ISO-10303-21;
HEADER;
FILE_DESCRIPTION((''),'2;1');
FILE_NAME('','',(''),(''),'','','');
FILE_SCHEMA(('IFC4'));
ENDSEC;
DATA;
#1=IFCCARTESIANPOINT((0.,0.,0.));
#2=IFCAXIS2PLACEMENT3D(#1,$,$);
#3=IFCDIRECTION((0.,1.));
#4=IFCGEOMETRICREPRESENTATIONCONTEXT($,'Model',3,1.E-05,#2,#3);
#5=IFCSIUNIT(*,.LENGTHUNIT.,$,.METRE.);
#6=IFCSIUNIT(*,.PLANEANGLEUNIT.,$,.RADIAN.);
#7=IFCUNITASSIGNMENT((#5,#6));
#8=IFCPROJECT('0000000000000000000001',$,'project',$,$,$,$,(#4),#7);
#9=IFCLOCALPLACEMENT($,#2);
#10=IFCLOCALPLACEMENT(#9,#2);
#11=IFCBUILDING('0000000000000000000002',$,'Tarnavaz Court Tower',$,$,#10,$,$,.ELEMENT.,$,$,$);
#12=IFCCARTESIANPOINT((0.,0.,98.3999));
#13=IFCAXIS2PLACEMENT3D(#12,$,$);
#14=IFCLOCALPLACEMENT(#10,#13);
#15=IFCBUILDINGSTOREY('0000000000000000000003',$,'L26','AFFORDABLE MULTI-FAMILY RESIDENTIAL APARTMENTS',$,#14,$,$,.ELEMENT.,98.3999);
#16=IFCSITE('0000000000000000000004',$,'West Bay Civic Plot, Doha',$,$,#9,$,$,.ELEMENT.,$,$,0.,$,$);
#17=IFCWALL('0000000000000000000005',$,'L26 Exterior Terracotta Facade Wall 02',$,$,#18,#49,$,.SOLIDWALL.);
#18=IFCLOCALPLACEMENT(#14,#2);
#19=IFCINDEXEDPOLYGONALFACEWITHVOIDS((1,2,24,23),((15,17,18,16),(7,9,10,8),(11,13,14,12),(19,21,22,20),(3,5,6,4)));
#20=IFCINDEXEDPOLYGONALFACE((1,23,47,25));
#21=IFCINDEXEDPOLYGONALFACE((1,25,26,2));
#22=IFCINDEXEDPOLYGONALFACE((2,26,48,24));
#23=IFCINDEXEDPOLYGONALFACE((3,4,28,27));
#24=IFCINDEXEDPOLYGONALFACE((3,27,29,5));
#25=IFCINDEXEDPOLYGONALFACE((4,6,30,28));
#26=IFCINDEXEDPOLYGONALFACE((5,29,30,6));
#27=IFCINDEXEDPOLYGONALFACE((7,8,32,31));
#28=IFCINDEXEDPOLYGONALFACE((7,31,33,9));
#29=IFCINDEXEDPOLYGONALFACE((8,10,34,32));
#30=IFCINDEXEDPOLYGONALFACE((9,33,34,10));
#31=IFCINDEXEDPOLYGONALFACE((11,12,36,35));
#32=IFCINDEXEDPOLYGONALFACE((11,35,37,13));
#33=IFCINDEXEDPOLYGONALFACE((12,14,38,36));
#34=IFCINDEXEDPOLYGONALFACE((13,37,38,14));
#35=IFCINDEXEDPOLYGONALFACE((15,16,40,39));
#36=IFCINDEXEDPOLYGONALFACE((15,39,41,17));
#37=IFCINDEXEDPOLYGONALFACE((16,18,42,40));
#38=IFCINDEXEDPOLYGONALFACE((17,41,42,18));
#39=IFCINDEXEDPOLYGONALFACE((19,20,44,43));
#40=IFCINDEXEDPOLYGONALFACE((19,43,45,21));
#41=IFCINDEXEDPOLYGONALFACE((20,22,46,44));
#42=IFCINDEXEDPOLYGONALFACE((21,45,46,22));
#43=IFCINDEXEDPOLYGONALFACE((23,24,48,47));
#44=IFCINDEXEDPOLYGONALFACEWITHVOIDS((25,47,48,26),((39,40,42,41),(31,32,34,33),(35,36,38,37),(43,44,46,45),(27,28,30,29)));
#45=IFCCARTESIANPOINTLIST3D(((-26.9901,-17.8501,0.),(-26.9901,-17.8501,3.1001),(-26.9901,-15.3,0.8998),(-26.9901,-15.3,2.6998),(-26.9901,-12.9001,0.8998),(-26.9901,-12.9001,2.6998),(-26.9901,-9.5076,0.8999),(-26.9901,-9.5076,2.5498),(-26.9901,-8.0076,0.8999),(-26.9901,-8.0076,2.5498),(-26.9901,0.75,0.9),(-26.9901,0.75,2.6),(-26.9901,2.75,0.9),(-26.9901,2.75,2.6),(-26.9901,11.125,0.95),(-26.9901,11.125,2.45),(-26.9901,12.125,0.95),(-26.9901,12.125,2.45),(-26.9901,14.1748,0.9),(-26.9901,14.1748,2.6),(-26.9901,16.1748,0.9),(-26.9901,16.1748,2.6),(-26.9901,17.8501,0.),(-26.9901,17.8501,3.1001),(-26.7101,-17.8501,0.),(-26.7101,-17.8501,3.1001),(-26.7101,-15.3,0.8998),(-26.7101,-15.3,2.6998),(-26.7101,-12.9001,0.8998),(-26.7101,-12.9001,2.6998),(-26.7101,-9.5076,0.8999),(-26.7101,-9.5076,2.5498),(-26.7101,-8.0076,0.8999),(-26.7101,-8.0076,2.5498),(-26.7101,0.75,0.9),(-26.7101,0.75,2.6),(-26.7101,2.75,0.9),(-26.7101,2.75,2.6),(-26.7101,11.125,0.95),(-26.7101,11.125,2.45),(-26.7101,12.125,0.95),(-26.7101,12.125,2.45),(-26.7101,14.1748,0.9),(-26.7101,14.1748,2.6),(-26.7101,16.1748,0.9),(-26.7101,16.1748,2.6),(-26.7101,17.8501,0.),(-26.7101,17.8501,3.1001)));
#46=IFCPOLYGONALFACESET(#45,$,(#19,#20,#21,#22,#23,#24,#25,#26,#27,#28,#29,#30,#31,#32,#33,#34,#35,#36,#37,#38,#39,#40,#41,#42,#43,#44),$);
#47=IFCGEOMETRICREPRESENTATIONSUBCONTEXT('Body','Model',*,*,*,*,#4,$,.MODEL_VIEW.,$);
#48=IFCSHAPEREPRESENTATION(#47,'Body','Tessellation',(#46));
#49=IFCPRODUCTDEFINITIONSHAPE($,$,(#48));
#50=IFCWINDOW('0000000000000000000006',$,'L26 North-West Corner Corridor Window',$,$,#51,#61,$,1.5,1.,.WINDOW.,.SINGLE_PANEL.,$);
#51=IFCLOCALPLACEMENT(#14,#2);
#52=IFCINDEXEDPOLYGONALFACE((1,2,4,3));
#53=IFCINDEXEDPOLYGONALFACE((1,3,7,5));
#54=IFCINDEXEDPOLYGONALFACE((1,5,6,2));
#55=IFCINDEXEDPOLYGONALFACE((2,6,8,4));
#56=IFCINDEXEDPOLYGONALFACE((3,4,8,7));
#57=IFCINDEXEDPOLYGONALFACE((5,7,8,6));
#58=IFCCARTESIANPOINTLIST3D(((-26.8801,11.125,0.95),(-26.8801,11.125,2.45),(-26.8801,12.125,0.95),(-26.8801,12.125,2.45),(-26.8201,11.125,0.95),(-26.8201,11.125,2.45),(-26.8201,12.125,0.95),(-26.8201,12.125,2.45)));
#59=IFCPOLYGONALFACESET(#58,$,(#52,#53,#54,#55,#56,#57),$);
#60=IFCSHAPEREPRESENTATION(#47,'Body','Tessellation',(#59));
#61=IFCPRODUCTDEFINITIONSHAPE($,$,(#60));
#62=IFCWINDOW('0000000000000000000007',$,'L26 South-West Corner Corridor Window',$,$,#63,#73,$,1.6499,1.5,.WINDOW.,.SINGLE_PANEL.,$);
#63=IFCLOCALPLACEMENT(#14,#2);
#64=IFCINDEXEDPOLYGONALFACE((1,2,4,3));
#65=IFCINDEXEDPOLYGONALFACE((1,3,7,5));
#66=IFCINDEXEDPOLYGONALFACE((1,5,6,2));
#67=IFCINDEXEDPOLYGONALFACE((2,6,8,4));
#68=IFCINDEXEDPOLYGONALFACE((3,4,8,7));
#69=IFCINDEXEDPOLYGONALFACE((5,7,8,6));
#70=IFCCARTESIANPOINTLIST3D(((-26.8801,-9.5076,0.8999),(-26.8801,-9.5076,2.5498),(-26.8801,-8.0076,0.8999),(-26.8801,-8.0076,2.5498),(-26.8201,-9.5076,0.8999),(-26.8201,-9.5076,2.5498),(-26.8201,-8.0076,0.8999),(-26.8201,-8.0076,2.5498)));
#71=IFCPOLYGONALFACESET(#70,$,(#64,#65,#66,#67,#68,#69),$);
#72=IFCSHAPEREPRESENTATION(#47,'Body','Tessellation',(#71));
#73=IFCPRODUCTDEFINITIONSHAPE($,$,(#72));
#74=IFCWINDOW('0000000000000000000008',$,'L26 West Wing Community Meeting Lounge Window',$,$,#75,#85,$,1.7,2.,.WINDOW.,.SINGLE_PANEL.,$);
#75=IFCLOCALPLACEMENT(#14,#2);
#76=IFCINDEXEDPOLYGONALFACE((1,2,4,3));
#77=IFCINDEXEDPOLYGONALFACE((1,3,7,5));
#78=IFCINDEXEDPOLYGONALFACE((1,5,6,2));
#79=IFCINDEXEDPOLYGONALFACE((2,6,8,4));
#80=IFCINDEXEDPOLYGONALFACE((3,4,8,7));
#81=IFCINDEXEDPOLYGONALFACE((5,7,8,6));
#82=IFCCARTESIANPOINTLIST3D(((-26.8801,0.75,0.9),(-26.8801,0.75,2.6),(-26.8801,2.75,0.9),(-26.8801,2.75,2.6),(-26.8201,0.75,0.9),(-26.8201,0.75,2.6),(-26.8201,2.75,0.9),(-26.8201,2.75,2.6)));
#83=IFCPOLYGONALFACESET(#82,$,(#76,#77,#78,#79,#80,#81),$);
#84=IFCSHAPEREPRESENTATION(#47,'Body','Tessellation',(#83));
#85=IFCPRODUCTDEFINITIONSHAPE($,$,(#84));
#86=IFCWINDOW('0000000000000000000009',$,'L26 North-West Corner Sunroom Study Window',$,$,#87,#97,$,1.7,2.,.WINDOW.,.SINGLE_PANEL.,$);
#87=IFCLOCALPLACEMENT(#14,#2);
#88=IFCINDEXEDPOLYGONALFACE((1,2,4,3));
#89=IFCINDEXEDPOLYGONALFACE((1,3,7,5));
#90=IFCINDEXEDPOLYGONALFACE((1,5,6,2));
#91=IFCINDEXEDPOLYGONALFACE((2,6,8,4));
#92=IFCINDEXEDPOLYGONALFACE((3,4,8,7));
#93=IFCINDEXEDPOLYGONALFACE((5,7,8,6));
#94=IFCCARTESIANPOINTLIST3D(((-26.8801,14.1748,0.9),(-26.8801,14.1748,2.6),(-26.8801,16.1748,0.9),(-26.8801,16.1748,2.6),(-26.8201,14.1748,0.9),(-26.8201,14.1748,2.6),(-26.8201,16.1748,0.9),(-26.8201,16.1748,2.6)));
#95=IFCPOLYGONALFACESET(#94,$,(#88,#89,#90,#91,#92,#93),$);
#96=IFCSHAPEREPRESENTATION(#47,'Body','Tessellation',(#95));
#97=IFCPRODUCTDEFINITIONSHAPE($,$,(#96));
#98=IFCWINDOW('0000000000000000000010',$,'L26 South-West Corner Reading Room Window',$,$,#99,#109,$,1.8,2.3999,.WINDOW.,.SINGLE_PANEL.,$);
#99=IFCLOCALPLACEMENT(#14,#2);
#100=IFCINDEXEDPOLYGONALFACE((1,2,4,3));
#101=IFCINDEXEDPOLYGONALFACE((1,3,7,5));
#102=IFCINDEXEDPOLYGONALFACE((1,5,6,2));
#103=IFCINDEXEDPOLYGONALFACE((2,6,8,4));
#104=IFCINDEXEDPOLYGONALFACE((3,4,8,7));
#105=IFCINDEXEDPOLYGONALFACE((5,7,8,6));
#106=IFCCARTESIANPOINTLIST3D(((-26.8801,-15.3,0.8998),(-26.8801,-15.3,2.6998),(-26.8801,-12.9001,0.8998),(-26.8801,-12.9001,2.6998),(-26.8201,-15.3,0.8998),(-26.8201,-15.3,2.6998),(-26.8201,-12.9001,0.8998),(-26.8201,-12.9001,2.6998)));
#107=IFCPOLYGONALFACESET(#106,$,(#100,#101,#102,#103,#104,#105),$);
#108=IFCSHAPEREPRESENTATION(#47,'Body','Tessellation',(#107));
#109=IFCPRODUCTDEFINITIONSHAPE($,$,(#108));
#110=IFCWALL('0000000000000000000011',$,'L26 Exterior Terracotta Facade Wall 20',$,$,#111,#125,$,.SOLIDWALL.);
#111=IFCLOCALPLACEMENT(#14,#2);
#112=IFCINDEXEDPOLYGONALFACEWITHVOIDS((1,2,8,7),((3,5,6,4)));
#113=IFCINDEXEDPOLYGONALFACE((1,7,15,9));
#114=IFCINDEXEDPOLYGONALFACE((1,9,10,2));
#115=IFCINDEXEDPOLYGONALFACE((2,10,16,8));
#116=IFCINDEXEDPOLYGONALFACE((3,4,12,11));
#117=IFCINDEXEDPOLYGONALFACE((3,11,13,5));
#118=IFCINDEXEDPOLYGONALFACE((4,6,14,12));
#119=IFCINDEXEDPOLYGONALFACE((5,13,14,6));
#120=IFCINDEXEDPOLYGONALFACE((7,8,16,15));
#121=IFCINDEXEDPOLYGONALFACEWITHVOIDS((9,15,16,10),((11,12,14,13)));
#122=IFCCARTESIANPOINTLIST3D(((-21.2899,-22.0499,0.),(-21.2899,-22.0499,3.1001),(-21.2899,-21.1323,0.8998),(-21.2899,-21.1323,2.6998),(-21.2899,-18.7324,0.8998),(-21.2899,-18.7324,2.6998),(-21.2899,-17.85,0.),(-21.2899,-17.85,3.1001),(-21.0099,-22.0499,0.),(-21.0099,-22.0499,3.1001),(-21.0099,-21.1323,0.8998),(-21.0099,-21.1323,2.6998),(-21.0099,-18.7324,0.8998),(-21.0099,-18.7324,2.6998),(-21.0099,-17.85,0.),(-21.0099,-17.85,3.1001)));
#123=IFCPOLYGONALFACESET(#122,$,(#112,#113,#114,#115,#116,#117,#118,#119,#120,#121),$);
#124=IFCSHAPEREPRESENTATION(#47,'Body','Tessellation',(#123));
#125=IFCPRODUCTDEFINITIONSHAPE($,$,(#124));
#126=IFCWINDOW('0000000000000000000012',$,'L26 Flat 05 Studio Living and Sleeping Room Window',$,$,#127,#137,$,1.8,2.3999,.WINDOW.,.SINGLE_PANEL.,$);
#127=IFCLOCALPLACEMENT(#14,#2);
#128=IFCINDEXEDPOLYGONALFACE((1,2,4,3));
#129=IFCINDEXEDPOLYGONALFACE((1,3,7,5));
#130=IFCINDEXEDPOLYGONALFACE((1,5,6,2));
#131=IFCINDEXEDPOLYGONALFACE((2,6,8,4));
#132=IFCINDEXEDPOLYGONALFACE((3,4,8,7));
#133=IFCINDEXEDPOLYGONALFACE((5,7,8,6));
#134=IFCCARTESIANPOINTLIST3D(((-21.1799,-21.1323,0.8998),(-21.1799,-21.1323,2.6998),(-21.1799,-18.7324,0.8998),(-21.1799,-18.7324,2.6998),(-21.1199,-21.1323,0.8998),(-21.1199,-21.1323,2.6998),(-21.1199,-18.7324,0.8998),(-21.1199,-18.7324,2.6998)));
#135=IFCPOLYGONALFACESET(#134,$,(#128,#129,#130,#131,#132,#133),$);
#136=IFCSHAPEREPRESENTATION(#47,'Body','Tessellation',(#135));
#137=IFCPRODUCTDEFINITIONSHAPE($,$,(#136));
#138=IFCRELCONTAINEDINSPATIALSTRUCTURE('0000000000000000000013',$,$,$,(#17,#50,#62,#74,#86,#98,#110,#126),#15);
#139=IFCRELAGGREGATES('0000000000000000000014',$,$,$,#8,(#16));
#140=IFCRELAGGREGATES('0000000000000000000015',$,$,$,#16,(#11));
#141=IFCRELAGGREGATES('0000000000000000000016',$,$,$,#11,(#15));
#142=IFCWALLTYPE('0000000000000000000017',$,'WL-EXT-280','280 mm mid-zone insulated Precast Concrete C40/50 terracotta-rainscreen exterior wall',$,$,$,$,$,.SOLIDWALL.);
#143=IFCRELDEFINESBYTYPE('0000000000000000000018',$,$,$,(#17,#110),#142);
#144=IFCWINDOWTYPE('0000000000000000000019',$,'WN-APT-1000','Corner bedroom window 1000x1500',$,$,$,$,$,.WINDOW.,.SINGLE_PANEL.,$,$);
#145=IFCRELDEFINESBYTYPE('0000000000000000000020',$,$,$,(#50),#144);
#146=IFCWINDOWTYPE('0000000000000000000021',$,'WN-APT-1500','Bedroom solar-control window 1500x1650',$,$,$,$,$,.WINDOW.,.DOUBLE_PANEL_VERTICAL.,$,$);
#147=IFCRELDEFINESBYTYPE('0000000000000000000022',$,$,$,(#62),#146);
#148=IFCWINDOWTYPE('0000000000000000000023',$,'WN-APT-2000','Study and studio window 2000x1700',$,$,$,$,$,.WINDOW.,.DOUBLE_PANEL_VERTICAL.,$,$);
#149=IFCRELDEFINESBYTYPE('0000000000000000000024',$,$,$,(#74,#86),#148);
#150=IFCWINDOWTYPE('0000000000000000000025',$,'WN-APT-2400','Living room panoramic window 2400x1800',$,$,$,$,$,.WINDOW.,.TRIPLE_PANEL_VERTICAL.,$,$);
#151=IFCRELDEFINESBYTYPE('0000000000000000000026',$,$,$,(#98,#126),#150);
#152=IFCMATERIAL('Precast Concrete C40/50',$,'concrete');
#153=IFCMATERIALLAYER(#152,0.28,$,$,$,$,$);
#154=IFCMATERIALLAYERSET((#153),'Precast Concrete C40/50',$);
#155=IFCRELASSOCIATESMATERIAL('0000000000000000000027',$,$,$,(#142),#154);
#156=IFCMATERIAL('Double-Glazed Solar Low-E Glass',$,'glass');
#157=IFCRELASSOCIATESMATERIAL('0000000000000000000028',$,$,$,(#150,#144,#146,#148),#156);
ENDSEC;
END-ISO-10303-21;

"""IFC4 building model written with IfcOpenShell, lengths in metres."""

from ifc_helpers import new_model, si_unit, direction, frame, frame_2d, origin, place, context, subcontext, project, spatial, rectangle, extrude, material, layer, layer_set, type_object, element, fill, save


model = new_model("IFC4")

# Units and contexts
model_context = context("Model", 3, precision=1e-05, world=origin(), true_north=direction((0.0, 1.0)))
body_context = subcontext(model_context, "Body", "Model", "MODEL_VIEW")
ifc_project = project(units=[si_unit("LENGTHUNIT", "METRE"), si_unit("PLANEANGLEUNIT", "RADIAN")], contexts=[model_context])

# Site, building, storey
site_placement = place(None, origin())
site = spatial("IfcSite", under=ifc_project, at=site_placement, Name="West Bay Civic Plot, Doha", CompositionType="ELEMENT", RefElevation=0.0)
building_placement = place(site_placement, origin())
building = spatial("IfcBuilding", under=site, at=building_placement, Name="Tarnavaz Court Tower", CompositionType="ELEMENT")
storey_placement = place(building_placement, frame((0.0, 0.0, 98.3999)))
storey = spatial("IfcBuildingStorey", under=building, at=storey_placement, Name="L26", Description="AFFORDABLE MULTI-FAMILY RESIDENTIAL APARTMENTS", CompositionType="ELEMENT", Elevation=98.3999)

# Shared definitions
ifc_material_1 = material(Name="Precast Concrete C40/50", Category="concrete")
ifc_layer_1 = layer(ifc_material_1, 0.28)
ifc_layer_set_1 = layer_set([ifc_layer_1], Name="Precast Concrete C40/50")
wall_type_1 = type_object("IfcWallType", Name="WL-EXT-280", Description="280 mm mid-zone insulated Precast Concrete C40/50 terracotta-rainscreen exterior wall", PredefinedType="SOLIDWALL", material=ifc_layer_set_1)
ifc_material_2 = material(Name="Double-Glazed Solar Low-E Glass", Category="glass")
window_type_1 = type_object("IfcWindowType", Name="WN-APT-2400", Description="Living room panoramic window 2400x1800", PartitioningType="TRIPLE_PANEL_VERTICAL", PredefinedType="WINDOW", material=ifc_material_2)

# Wall, openings, windows
wall_1_placement = place(storey_placement, frame((-26.8501, -17.8501, 0.0), z_axis=(0.0, 0.0, 1.0), x_axis=(0.0, 1.0, 0.0)))
wall_1 = element("IfcWall", 1, at=wall_1_placement, inside=storey, type_object=wall_type_1, Name="L26 Exterior Terracotta Facade Wall 02", PredefinedType="SOLIDWALL", context=body_context, shape_type="SweptSolid", body=[
    extrude(rectangle(XDim=35.7002, YDim=0.28, at=frame_2d((17.8501, 0.0))), origin(), (0.0, 0.0, 1.0), 3.1001),
])
opening_1_placement = place(wall_1_placement, frame((2.55, 0.0, 0.8999)))
opening_1 = element("IfcOpeningElement", 2, at=opening_1_placement, cuts=wall_1, PredefinedType="OPENING", context=body_context, shape_type="SweptSolid", body=[
    extrude(rectangle(XDim=2.3999, YDim=1.8, at=frame_2d((1.2, 0.8999))), frame((0.0, 0.1499, 0.0), z_axis=(0.0, -1.0, 0.0), x_axis=(1.0, 0.0, 0.0)), (0.0, 0.0, 1.0), 0.3),
])
opening_2_placement = place(wall_1_placement, frame((8.3425, 0.0, 0.8999)))
opening_2 = element("IfcOpeningElement", 3, at=opening_2_placement, cuts=wall_1, PredefinedType="OPENING", context=body_context, shape_type="SweptSolid", body=[
    extrude(rectangle(XDim=1.5, YDim=1.6499, at=frame_2d((0.75, 0.825))), frame((0.0, 0.1499, 0.0), z_axis=(0.0, -1.0, 0.0), x_axis=(1.0, 0.0, 0.0)), (0.0, 0.0, 1.0), 0.3),
])
opening_3_placement = place(wall_1_placement, frame((18.6001, 0.0, 0.8999)))
opening_3 = element("IfcOpeningElement", 4, at=opening_3_placement, cuts=wall_1, PredefinedType="OPENING", context=body_context, shape_type="SweptSolid", body=[
    extrude(rectangle(XDim=2.0, YDim=1.7, at=frame_2d((1.0, 0.8501))), frame((0.0, 0.1499, 0.0), z_axis=(0.0, -1.0, 0.0), x_axis=(1.0, 0.0, 0.0)), (0.0, 0.0, 1.0), 0.3),
])
opening_4_placement = place(wall_1_placement, frame((28.9751, 0.0, 0.95)))
opening_4 = element("IfcOpeningElement", 5, at=opening_4_placement, cuts=wall_1, PredefinedType="OPENING", context=body_context, shape_type="SweptSolid", body=[
    extrude(rectangle(XDim=1.0, YDim=1.5, at=frame_2d((0.5, 0.75))), frame((0.0, 0.1499, 0.0), z_axis=(0.0, -1.0, 0.0), x_axis=(1.0, 0.0, 0.0)), (0.0, 0.0, 1.0), 0.3),
])
opening_5_placement = place(wall_1_placement, frame((32.0249, 0.0, 0.8999)))
opening_5 = element("IfcOpeningElement", 6, at=opening_5_placement, cuts=wall_1, PredefinedType="OPENING", context=body_context, shape_type="SweptSolid", body=[
    extrude(rectangle(XDim=2.0, YDim=1.7, at=frame_2d((1.0, 0.8501))), frame((0.0, 0.1499, 0.0), z_axis=(0.0, -1.0, 0.0), x_axis=(1.0, 0.0, 0.0)), (0.0, 0.0, 1.0), 0.3),
])
window_type_2 = type_object("IfcWindowType", Name="WN-APT-1000", Description="Corner bedroom window 1000x1500", PartitioningType="SINGLE_PANEL", PredefinedType="WINDOW", material=ifc_material_2)
window_1_placement = place(opening_4_placement, origin())
window_1 = element("IfcWindow", 7, at=window_1_placement, inside=storey, type_object=window_type_2, Name="L26 North-West Corner Corridor Window", OverallHeight=1.5, OverallWidth=1.0, PartitioningType="SINGLE_PANEL", PredefinedType="WINDOW", context=body_context, shape_type="SweptSolid", body=[
    extrude(rectangle(XDim=1.0, YDim=1.5, at=frame_2d((0.5, 0.75))), frame((0.0, 0.03, 0.0), z_axis=(0.0, -1.0, 0.0), x_axis=(1.0, 0.0, 0.0)), (0.0, 0.0, 1.0), 0.0601),
])
fill(opening_4, window_1)
window_type_3 = type_object("IfcWindowType", Name="WN-APT-1500", Description="Bedroom solar-control window 1500x1650", PartitioningType="DOUBLE_PANEL_VERTICAL", PredefinedType="WINDOW", material=ifc_material_2)
window_2_placement = place(opening_2_placement, origin())
window_2 = element("IfcWindow", 8, at=window_2_placement, inside=storey, type_object=window_type_3, Name="L26 South-West Corner Corridor Window", OverallHeight=1.6499, OverallWidth=1.5, PartitioningType="SINGLE_PANEL", PredefinedType="WINDOW", context=body_context, shape_type="SweptSolid", body=[
    extrude(rectangle(XDim=1.5, YDim=1.6499, at=frame_2d((0.75, 0.825))), frame((0.0, 0.03, 0.0), z_axis=(0.0, -1.0, 0.0), x_axis=(1.0, 0.0, 0.0)), (0.0, 0.0, 1.0), 0.0601),
])
fill(opening_2, window_2)
window_type_4 = type_object("IfcWindowType", Name="WN-APT-2000", Description="Study and studio window 2000x1700", PartitioningType="DOUBLE_PANEL_VERTICAL", PredefinedType="WINDOW", material=ifc_material_2)
window_3_placement = place(opening_3_placement, origin())
window_3 = element("IfcWindow", 9, at=window_3_placement, inside=storey, type_object=window_type_4, Name="L26 West Wing Community Meeting Lounge Window", OverallHeight=1.7, OverallWidth=2.0, PartitioningType="SINGLE_PANEL", PredefinedType="WINDOW", context=body_context, shape_type="SweptSolid", body=[
    extrude(rectangle(XDim=2.0, YDim=1.7, at=frame_2d((1.0, 0.8501))), frame((0.0, 0.03, 0.0), z_axis=(0.0, -1.0, 0.0), x_axis=(1.0, 0.0, 0.0)), (0.0, 0.0, 1.0), 0.0601),
])
fill(opening_3, window_3)
window_4_placement = place(opening_5_placement, origin())
window_4 = element("IfcWindow", 10, at=window_4_placement, inside=storey, type_object=window_type_4, Name="L26 North-West Corner Sunroom Study Window", OverallHeight=1.7, OverallWidth=2.0, PartitioningType="SINGLE_PANEL", PredefinedType="WINDOW", context=body_context, shape_type="SweptSolid", body=[
    extrude(rectangle(XDim=2.0, YDim=1.7, at=frame_2d((1.0, 0.8501))), frame((0.0, 0.03, 0.0), z_axis=(0.0, -1.0, 0.0), x_axis=(1.0, 0.0, 0.0)), (0.0, 0.0, 1.0), 0.0601),
])
fill(opening_5, window_4)
window_5_placement = place(opening_1_placement, origin())
window_5 = element("IfcWindow", 11, at=window_5_placement, inside=storey, type_object=window_type_1, Name="L26 South-West Corner Reading Room Window", OverallHeight=1.8, OverallWidth=2.3999, PartitioningType="SINGLE_PANEL", PredefinedType="WINDOW", context=body_context, shape_type="SweptSolid", body=[
    extrude(rectangle(XDim=2.3999, YDim=1.8, at=frame_2d((1.2, 0.8999))), frame((0.0, 0.03, 0.0), z_axis=(0.0, -1.0, 0.0), x_axis=(1.0, 0.0, 0.0)), (0.0, 0.0, 1.0), 0.0601),
])
fill(opening_1, window_5)

# Wall, opening, window
wall_2_placement = place(storey_placement, frame((-21.1499, -22.05, 0.0), z_axis=(0.0, 0.0, 1.0), x_axis=(0.0, 1.0, 0.0)))
wall_2 = element("IfcWall", 12, at=wall_2_placement, inside=storey, type_object=wall_type_1, Name="L26 Exterior Terracotta Facade Wall 20", PredefinedType="SOLIDWALL", context=body_context, shape_type="SweptSolid", body=[
    extrude(rectangle(XDim=4.2, YDim=0.28, at=frame_2d((2.1001, 0.0))), origin(), (0.0, 0.0, 1.0), 3.1001),
])
opening_6_placement = place(wall_2_placement, frame((0.9177, 0.0, 0.8999)))
opening_6 = element("IfcOpeningElement", 13, at=opening_6_placement, cuts=wall_2, PredefinedType="OPENING", context=body_context, shape_type="SweptSolid", body=[
    extrude(rectangle(XDim=2.3999, YDim=1.8, at=frame_2d((1.2, 0.8999))), frame((0.0, 0.1499, 0.0), z_axis=(0.0, -1.0, 0.0), x_axis=(1.0, 0.0, 0.0)), (0.0, 0.0, 1.0), 0.3),
])
window_6_placement = place(opening_6_placement, origin())
window_6 = element("IfcWindow", 14, at=window_6_placement, inside=storey, type_object=window_type_1, Name="L26 Flat 05 Studio Living and Sleeping Room Window", OverallHeight=1.8, OverallWidth=2.3999, PartitioningType="SINGLE_PANEL", PredefinedType="WINDOW", context=body_context, shape_type="SweptSolid", body=[
    extrude(rectangle(XDim=2.3999, YDim=1.8, at=frame_2d((1.2, 0.8999))), frame((0.0, 0.03, 0.0), z_axis=(0.0, -1.0, 0.0), x_axis=(1.0, 0.0, 0.0)), (0.0, 0.0, 1.0), 0.0601),
])
fill(opening_6, window_6)

save(model, "model.ifc")
